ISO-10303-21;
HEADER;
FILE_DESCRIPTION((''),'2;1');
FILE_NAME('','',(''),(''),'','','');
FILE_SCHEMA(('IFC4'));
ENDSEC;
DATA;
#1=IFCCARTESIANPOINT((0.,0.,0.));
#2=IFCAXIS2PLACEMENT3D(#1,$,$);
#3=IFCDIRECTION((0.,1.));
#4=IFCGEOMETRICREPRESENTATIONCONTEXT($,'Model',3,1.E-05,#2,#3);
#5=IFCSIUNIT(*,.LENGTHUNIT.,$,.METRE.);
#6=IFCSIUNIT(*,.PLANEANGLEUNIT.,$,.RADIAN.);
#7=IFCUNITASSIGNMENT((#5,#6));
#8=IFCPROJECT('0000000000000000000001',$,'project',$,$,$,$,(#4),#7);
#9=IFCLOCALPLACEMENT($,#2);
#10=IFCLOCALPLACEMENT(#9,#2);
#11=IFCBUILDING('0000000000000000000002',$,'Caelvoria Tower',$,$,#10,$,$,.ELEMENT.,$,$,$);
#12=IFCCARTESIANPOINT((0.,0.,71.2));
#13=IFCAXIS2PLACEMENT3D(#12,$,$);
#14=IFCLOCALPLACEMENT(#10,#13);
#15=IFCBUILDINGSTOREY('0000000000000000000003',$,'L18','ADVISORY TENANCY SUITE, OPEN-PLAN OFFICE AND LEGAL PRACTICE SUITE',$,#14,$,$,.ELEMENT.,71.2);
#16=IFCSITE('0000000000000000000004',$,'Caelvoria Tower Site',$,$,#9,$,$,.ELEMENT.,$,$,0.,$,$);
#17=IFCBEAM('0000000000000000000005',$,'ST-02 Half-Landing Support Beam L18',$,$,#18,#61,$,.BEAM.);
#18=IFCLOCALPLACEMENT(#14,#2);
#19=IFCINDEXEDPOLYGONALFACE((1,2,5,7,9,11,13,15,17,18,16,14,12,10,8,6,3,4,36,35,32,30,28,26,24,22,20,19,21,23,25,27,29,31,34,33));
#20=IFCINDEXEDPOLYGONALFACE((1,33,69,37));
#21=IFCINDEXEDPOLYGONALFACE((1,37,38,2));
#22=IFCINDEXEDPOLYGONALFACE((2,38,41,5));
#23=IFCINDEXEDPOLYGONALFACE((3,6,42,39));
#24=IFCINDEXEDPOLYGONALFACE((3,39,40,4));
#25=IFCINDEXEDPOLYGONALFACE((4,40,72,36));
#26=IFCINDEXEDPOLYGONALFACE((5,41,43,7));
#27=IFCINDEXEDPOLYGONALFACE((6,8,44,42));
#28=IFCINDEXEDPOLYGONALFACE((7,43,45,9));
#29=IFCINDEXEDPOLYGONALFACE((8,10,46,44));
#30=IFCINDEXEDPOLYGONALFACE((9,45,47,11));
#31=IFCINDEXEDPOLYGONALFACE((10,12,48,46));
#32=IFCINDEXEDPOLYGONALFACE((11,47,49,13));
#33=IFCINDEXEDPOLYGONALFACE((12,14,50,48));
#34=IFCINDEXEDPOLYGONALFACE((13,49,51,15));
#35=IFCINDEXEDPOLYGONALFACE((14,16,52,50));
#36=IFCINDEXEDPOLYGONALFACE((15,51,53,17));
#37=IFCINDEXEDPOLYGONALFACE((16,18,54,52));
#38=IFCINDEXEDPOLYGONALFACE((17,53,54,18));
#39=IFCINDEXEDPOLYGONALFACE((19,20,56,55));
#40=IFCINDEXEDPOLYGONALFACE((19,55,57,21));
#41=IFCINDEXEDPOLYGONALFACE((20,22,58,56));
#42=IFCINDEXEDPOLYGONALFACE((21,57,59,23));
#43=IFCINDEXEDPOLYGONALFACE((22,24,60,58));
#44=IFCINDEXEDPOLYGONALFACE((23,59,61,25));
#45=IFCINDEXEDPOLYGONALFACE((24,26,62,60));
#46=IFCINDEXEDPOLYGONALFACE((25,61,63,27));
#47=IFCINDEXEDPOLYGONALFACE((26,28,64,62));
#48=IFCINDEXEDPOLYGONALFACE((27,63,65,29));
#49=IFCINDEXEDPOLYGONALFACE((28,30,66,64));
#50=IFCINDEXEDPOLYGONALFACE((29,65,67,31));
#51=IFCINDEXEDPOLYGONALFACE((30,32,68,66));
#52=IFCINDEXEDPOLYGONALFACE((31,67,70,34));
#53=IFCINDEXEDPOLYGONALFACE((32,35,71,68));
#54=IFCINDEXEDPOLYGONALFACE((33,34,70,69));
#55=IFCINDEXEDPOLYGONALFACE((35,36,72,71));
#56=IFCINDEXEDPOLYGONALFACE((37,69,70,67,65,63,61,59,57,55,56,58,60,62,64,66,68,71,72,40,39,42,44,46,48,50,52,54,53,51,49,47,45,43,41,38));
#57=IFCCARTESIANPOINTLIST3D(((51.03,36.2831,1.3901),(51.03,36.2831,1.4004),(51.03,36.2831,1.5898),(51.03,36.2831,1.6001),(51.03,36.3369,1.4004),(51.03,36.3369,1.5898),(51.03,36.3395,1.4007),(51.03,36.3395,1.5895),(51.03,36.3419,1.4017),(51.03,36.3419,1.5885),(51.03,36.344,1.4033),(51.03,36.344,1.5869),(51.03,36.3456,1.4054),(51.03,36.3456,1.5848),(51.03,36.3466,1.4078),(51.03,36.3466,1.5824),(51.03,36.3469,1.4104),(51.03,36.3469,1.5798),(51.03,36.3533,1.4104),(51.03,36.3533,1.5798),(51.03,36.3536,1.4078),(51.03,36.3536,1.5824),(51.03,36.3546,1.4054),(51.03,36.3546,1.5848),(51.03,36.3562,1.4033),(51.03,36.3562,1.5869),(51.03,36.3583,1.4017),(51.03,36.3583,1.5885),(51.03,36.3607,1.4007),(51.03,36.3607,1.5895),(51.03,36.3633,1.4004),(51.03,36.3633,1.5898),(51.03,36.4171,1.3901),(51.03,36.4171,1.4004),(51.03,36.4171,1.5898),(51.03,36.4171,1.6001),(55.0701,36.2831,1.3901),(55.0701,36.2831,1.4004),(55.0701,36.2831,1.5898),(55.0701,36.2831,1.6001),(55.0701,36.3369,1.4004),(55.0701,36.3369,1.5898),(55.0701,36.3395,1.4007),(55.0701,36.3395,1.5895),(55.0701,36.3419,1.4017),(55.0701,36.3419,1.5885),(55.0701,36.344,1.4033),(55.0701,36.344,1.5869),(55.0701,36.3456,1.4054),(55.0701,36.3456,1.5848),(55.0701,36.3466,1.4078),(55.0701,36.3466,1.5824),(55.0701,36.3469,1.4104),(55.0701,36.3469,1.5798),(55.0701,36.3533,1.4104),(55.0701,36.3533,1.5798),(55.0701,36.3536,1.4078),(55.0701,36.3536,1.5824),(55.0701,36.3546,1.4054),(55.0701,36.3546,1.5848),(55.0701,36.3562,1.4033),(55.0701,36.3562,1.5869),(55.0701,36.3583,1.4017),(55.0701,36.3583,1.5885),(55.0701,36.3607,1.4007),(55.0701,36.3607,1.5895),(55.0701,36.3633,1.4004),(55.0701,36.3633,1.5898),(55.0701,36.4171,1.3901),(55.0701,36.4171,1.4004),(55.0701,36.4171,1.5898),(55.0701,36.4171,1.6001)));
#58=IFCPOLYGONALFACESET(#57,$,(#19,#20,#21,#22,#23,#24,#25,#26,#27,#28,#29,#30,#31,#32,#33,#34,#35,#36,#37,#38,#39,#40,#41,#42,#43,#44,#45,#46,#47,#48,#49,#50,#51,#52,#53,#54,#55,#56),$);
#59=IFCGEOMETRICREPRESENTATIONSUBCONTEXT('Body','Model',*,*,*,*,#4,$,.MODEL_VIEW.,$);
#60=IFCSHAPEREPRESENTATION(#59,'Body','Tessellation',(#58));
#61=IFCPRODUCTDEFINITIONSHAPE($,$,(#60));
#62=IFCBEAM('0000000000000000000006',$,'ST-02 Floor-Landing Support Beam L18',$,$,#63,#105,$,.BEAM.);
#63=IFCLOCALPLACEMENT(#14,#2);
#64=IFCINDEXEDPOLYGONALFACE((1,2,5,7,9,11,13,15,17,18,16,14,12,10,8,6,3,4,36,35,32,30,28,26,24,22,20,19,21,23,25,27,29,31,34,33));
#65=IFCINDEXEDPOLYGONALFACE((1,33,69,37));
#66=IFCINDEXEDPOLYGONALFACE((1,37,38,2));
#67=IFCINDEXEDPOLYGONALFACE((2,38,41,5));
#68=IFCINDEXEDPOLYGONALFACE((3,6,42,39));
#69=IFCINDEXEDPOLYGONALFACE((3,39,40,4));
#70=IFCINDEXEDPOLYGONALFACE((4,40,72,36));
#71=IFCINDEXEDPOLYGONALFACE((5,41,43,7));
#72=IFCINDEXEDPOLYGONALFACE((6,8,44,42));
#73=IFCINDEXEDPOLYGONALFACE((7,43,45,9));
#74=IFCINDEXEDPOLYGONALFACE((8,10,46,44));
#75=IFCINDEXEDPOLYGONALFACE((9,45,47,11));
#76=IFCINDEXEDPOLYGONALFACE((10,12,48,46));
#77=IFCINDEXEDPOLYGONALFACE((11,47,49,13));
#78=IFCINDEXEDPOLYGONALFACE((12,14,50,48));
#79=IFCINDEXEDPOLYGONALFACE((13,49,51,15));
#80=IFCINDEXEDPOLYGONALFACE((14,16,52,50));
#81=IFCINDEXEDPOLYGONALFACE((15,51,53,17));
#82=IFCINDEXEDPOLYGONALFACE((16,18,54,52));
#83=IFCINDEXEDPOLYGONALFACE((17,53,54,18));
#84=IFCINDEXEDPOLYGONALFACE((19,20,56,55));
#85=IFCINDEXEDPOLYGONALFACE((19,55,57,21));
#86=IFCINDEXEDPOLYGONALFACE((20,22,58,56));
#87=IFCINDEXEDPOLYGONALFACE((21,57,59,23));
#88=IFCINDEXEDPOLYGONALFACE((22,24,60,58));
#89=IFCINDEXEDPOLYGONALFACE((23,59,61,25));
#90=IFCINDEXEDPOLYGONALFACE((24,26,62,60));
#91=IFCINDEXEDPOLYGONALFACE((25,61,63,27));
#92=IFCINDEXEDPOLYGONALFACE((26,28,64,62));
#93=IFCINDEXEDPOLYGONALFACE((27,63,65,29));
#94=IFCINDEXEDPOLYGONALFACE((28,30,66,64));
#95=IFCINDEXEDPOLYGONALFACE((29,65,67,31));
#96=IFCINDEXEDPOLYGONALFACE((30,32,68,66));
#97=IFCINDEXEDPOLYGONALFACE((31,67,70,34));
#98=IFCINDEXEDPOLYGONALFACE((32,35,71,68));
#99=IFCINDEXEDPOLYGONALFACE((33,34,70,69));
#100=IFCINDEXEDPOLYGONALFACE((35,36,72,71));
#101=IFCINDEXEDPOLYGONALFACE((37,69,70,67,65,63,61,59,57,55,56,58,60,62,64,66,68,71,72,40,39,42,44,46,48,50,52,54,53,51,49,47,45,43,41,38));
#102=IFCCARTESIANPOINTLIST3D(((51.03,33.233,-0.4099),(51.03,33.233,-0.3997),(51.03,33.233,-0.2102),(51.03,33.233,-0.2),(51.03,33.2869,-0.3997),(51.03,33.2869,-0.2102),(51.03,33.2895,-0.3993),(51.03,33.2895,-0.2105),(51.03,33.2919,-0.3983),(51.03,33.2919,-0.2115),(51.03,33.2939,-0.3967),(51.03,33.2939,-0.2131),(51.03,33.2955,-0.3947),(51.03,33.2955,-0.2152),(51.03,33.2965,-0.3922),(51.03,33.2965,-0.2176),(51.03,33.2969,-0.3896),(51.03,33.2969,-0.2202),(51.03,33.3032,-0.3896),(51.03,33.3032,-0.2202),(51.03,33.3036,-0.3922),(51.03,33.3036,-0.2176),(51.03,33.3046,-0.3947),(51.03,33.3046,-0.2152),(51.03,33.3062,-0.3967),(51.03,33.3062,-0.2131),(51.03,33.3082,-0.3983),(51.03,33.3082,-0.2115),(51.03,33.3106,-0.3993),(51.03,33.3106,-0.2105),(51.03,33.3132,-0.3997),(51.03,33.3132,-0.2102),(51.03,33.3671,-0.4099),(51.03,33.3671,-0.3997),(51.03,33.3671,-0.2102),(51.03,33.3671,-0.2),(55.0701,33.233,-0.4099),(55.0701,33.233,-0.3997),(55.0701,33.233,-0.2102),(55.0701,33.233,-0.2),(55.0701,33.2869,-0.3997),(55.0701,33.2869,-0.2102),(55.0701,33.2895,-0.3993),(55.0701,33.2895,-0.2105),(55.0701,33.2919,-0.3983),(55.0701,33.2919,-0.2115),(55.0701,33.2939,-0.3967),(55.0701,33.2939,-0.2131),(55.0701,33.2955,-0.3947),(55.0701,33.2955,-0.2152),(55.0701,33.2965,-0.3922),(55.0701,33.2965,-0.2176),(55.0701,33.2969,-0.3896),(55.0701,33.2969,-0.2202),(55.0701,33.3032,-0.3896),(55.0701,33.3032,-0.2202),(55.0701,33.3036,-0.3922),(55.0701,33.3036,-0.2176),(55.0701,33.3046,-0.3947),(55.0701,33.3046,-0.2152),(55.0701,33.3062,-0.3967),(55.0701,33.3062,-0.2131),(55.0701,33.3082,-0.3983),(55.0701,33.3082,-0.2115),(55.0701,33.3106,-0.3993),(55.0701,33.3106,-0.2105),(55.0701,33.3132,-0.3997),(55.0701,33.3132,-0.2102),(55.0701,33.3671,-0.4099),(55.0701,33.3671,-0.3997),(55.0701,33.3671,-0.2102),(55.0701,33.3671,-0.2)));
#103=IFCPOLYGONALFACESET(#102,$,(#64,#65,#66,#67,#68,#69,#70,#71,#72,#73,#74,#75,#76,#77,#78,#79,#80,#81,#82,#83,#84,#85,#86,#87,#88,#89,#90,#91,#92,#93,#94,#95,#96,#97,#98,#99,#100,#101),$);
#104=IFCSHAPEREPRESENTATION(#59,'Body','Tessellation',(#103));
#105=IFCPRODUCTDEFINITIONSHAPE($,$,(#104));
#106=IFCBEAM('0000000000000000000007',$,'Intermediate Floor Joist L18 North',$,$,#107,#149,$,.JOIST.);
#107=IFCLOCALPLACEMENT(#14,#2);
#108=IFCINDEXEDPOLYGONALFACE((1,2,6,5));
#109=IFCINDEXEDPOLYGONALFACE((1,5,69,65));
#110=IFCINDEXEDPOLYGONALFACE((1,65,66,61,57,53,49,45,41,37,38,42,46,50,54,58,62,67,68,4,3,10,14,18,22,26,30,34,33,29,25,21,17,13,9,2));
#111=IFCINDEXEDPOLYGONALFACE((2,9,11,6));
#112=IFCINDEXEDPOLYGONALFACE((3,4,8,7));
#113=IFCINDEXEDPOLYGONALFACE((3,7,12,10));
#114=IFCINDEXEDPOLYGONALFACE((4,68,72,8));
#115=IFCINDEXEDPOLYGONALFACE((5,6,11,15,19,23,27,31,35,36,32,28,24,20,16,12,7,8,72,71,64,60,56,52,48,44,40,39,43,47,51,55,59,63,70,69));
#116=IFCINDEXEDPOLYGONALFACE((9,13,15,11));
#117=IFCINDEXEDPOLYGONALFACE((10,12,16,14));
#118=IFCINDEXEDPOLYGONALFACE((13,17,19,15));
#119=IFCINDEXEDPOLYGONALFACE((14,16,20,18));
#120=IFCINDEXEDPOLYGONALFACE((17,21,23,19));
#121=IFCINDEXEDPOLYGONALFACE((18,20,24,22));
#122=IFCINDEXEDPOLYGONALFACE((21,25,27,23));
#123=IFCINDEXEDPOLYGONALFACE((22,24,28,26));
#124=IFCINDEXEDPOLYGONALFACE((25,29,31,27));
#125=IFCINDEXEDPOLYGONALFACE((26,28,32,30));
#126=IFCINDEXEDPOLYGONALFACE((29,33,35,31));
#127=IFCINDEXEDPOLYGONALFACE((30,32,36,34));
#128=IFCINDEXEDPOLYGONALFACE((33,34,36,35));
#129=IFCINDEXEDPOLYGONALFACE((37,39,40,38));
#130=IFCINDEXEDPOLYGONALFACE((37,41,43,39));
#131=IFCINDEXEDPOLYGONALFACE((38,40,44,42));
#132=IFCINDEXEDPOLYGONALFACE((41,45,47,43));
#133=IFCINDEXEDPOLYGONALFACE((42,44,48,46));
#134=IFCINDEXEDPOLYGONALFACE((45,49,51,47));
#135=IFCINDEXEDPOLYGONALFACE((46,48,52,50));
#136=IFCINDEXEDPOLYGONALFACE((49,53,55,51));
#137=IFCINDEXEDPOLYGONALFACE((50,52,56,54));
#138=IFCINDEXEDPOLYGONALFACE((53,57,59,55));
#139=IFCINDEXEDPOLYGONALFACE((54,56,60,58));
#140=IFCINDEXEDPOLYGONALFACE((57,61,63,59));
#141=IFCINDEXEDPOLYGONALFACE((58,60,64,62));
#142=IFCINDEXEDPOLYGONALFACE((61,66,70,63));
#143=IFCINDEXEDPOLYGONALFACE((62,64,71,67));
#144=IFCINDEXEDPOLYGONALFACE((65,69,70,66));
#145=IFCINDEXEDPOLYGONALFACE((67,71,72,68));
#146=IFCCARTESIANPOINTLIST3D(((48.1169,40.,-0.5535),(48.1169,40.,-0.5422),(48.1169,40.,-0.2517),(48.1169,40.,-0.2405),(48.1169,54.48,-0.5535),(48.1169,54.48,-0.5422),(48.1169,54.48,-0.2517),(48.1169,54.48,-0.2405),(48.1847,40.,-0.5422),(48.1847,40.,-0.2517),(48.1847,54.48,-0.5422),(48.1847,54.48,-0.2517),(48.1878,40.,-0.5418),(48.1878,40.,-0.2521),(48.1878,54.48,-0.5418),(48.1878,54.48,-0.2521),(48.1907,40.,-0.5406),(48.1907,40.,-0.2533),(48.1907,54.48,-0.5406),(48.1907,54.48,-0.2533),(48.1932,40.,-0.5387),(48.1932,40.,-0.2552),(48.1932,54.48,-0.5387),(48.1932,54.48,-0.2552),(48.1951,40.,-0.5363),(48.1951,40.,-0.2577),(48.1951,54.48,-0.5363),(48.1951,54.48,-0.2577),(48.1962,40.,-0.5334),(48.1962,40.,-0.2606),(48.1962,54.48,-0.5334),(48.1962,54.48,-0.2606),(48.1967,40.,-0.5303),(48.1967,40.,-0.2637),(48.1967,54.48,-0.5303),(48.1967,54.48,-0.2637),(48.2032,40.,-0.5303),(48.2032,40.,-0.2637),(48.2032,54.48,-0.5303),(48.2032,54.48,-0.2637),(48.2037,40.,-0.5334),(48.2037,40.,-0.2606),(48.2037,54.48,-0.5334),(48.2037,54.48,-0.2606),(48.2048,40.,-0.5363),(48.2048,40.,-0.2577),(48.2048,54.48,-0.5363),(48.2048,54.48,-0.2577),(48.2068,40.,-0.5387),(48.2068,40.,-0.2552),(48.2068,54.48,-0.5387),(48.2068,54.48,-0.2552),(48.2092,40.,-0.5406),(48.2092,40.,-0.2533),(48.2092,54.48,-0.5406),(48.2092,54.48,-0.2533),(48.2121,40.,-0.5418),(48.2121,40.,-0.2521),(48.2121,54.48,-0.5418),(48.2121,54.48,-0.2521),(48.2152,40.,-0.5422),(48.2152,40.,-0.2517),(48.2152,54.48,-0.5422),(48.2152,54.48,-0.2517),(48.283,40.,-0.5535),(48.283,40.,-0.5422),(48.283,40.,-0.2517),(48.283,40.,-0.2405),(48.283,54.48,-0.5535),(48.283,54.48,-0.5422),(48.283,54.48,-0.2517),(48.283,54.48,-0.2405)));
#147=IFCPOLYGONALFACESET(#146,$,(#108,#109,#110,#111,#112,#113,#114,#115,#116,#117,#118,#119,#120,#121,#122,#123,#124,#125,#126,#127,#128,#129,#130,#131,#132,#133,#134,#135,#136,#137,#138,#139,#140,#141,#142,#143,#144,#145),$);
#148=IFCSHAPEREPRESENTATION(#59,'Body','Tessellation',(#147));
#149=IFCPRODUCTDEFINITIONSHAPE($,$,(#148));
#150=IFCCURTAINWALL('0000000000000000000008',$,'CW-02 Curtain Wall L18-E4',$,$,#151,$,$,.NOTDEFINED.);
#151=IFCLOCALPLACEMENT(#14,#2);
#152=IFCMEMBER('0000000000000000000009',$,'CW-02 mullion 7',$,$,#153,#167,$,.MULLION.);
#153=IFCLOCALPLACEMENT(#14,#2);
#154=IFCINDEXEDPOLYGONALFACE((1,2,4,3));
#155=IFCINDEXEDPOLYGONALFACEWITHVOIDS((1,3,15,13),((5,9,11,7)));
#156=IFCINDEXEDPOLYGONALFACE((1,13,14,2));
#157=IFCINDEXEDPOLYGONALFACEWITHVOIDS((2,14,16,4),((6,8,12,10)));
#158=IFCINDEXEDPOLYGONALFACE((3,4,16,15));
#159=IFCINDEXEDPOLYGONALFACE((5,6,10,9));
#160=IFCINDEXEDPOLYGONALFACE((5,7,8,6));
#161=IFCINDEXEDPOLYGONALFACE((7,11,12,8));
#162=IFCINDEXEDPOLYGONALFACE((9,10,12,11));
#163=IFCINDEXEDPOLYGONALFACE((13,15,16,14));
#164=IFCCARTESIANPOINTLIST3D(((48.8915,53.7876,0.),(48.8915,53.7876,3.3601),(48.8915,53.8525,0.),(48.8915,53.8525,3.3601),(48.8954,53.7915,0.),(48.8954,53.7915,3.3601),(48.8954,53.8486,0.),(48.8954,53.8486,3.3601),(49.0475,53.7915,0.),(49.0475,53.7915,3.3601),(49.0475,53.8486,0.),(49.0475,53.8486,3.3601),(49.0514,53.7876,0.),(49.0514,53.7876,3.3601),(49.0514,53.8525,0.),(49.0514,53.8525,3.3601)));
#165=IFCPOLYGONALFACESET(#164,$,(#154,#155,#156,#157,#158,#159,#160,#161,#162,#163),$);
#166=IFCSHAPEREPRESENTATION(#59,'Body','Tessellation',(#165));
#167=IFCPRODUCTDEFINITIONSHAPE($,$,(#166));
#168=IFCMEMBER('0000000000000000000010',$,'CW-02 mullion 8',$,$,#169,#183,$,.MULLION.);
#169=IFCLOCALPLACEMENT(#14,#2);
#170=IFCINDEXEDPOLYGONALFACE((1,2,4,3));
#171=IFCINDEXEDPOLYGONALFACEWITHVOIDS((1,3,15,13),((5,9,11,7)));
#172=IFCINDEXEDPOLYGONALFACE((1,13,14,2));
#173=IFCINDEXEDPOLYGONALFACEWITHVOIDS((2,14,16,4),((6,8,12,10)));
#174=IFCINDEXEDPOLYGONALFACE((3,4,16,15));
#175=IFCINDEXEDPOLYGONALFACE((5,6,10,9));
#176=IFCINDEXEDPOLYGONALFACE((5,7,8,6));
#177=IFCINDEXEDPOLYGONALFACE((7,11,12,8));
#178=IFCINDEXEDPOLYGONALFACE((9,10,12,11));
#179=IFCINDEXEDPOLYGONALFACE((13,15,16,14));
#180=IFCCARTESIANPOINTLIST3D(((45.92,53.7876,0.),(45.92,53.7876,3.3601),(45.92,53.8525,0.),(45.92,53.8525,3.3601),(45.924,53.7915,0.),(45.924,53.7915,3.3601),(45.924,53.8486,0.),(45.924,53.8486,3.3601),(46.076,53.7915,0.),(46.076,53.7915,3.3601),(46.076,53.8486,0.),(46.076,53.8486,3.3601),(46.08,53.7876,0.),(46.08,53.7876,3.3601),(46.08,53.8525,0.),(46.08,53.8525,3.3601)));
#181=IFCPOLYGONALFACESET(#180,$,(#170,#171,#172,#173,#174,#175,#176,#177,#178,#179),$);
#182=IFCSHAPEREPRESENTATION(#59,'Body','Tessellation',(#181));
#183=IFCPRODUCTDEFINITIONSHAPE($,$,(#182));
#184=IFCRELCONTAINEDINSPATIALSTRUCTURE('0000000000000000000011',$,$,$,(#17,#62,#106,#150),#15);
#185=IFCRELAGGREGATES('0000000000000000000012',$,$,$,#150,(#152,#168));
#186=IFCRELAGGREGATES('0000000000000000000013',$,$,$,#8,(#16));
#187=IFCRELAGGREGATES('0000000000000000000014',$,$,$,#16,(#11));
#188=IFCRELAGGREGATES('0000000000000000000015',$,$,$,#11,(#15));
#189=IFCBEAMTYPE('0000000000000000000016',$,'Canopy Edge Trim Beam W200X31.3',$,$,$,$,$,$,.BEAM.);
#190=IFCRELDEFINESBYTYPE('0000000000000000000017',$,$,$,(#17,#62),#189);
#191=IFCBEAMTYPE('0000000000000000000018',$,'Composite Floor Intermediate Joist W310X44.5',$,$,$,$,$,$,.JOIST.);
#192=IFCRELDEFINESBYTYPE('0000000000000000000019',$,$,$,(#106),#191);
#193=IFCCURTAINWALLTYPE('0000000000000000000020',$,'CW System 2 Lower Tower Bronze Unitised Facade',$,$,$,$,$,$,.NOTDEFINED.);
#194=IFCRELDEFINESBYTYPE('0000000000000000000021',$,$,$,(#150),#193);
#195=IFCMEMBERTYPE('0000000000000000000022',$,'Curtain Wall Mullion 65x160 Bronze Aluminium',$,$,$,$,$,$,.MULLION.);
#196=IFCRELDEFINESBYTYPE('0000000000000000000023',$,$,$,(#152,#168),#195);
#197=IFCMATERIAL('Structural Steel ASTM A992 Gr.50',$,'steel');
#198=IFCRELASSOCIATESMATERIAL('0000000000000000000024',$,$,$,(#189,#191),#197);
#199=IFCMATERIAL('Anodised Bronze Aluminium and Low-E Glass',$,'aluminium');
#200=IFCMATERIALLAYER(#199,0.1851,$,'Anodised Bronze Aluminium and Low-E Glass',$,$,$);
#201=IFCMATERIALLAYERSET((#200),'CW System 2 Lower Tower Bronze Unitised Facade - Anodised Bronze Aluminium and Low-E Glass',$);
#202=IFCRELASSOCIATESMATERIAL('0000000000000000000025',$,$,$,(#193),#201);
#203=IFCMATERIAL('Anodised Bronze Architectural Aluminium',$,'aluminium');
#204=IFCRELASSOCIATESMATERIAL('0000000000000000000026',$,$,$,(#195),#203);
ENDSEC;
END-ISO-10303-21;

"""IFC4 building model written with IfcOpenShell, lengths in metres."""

from ifc_helpers import new_model, si_unit, direction, frame, origin, origin_2d, place, context, subcontext, project, spatial, hollow_rectangle, i_section, extrude, material, layer, layer_set, material_profile, profile_set, type_object, element, aggregate, save


model = new_model("IFC4")

# Units and contexts
model_context = context("Model", 3, precision=1e-05, world=origin(), true_north=direction((0.0, 1.0)))
body_context = subcontext(model_context, "Body", "Model", "MODEL_VIEW")
ifc_project = project(units=[si_unit("LENGTHUNIT", "METRE"), si_unit("PLANEANGLEUNIT", "RADIAN")], contexts=[model_context])

# Site, building, storey
site_placement = place(None, origin())
site = spatial("IfcSite", under=ifc_project, at=site_placement, Name="Caelvoria Tower Site", CompositionType="ELEMENT", RefElevation=0.0)
building_placement = place(site_placement, origin())
building = spatial("IfcBuilding", under=site, at=building_placement, Name="Caelvoria Tower", CompositionType="ELEMENT")
storey_placement = place(building_placement, frame((0.0, 0.0, 71.2)))
storey = spatial("IfcBuildingStorey", under=building, at=storey_placement, Name="L18", Description="ADVISORY TENANCY SUITE, OPEN-PLAN OFFICE AND LEGAL PRACTICE SUITE", CompositionType="ELEMENT", Elevation=71.2)

# Beams
ifc_material_1 = material(Name="Structural Steel ASTM A992 Gr.50", Category="steel")
ifc_material_profile_1 = material_profile(ifc_material_1, i_section(OverallWidth=0.134, OverallDepth=0.21, WebThickness=0.0063, FlangeThickness=0.0103, FilletRadius=0.01, at=origin_2d()), Name="Structural Steel ASTM A992 Gr.50")
ifc_profile_set_1 = profile_set([ifc_material_profile_1], Name="W200X31.3 - Structural Steel ASTM A992 Gr.50")
beam_type_1 = type_object("IfcBeamType", Name="Canopy Edge Trim Beam W200X31.3", PredefinedType="BEAM", material=ifc_profile_set_1)
for number, where, z_axis, x_axis, name in (
    (1, (51.03, 36.3501, 1.4951), (1.0, 0.0, 0.0), (0.0, 1.0, 0.0), "ST-02 Half-Landing Support Beam L18"),
    (2, (51.03, 33.3, -0.3049), (1.0, 0.0, 0.0), (0.0, 1.0, 0.0), "ST-02 Floor-Landing Support Beam L18"),
):
    element("IfcBeam", number, at=place(storey_placement, frame(where, z_axis=z_axis, x_axis=x_axis)), inside=storey, type_object=beam_type_1, Name=name, PredefinedType="BEAM", context=body_context, shape_type="SweptSolid", body=[
        extrude(i_section(OverallWidth=0.134, OverallDepth=0.21, WebThickness=0.0063, FlangeThickness=0.0103, FilletRadius=0.01, at=origin_2d()), origin(), (0.0, 0.0, 1.0), 4.04),
    ])
ifc_material_profile_2 = material_profile(ifc_material_1, i_section(OverallWidth=0.166, OverallDepth=0.313, WebThickness=0.0066, FlangeThickness=0.0112, FilletRadius=0.012, at=origin_2d()), Name="Structural Steel ASTM A992 Gr.50")
ifc_profile_set_2 = profile_set([ifc_material_profile_2], Name="W310X44.5 - Structural Steel ASTM A992 Gr.50")
beam_type_2 = type_object("IfcBeamType", Name="Composite Floor Intermediate Joist W310X44.5", PredefinedType="JOIST", material=ifc_profile_set_2)
beam_1_placement = place(storey_placement, frame((48.2, 40.0, -0.397), z_axis=(0.0, 1.0, 0.0), x_axis=(-1.0, 0.0, 0.0)))
element("IfcBeam", 3, at=beam_1_placement, inside=storey, type_object=beam_type_2, Name="Intermediate Floor Joist L18 North", PredefinedType="JOIST", context=body_context, shape_type="SweptSolid", body=[
    extrude(i_section(OverallWidth=0.166, OverallDepth=0.313, WebThickness=0.0066, FlangeThickness=0.0112, FilletRadius=0.012, at=origin_2d()), origin(), (0.0, 0.0, 1.0), 14.48),
])

# Curtain wall, members
ifc_material_2 = material(Name="Anodised Bronze Aluminium and Low-E Glass", Category="aluminium")
ifc_layer_1 = layer(ifc_material_2, 0.1851, Name="Anodised Bronze Aluminium and Low-E Glass")
ifc_layer_set_1 = layer_set([ifc_layer_1], Name="CW System 2 Lower Tower Bronze Unitised Facade - Anodised Bronze Aluminium and Low-E Glass")
curtain_wall_type = type_object("IfcCurtainWallType", Name="CW System 2 Lower Tower Bronze Unitised Facade", PredefinedType="NOTDEFINED", material=ifc_layer_set_1)
curtain_wall_placement = place(storey_placement, origin())
curtain_wall = element("IfcCurtainWall", 4, at=curtain_wall_placement, inside=storey, type_object=curtain_wall_type, Name="CW-02 Curtain Wall L18-E4", PredefinedType="NOTDEFINED")
ifc_material_3 = material(Name="Anodised Bronze Architectural Aluminium", Category="aluminium")
ifc_material_profile_3 = material_profile(ifc_material_3, hollow_rectangle(XDim=0.0649, YDim=0.1599, WallThickness=0.0039, at=origin_2d()), Name="Anodised Bronze Architectural Aluminium")
ifc_profile_set_3 = profile_set([ifc_material_profile_3], Name="CW_MULL_65X160 - Anodised Bronze Architectural Aluminium")
member_type_1 = type_object("IfcMemberType", Name="Curtain Wall Mullion 65x160 Bronze Aluminium", PredefinedType="MULLION", material=ifc_profile_set_3)
member_1_placement = place(storey_placement, frame((48.9714, 53.8201, 0.0), z_axis=(0.0, 0.0, 1.0), x_axis=(0.0, -1.0, 0.0)))
member_1 = element("IfcMember", 5, at=member_1_placement, type_object=member_type_1, Name="CW-02 mullion 7", PredefinedType="MULLION", context=body_context, shape_type="SweptSolid", body=[
    extrude(hollow_rectangle(XDim=0.0649, YDim=0.1599, WallThickness=0.0039, at=origin_2d()), origin(), (0.0, 0.0, 1.0), 3.3601),
])
member_2_placement = place(storey_placement, frame((46.0, 53.8201, 0.0), z_axis=(0.0, 0.0, 1.0), x_axis=(0.0, -1.0, 0.0)))
member_2 = element("IfcMember", 6, at=member_2_placement, type_object=member_type_1, Name="CW-02 mullion 8", PredefinedType="MULLION", context=body_context, shape_type="SweptSolid", body=[
    extrude(hollow_rectangle(XDim=0.0649, YDim=0.1599, WallThickness=0.0039, at=origin_2d()), origin(), (0.0, 0.0, 1.0), 3.3601),
])

aggregate(curtain_wall, [member_1, member_2])

save(model, "model.ifc")
